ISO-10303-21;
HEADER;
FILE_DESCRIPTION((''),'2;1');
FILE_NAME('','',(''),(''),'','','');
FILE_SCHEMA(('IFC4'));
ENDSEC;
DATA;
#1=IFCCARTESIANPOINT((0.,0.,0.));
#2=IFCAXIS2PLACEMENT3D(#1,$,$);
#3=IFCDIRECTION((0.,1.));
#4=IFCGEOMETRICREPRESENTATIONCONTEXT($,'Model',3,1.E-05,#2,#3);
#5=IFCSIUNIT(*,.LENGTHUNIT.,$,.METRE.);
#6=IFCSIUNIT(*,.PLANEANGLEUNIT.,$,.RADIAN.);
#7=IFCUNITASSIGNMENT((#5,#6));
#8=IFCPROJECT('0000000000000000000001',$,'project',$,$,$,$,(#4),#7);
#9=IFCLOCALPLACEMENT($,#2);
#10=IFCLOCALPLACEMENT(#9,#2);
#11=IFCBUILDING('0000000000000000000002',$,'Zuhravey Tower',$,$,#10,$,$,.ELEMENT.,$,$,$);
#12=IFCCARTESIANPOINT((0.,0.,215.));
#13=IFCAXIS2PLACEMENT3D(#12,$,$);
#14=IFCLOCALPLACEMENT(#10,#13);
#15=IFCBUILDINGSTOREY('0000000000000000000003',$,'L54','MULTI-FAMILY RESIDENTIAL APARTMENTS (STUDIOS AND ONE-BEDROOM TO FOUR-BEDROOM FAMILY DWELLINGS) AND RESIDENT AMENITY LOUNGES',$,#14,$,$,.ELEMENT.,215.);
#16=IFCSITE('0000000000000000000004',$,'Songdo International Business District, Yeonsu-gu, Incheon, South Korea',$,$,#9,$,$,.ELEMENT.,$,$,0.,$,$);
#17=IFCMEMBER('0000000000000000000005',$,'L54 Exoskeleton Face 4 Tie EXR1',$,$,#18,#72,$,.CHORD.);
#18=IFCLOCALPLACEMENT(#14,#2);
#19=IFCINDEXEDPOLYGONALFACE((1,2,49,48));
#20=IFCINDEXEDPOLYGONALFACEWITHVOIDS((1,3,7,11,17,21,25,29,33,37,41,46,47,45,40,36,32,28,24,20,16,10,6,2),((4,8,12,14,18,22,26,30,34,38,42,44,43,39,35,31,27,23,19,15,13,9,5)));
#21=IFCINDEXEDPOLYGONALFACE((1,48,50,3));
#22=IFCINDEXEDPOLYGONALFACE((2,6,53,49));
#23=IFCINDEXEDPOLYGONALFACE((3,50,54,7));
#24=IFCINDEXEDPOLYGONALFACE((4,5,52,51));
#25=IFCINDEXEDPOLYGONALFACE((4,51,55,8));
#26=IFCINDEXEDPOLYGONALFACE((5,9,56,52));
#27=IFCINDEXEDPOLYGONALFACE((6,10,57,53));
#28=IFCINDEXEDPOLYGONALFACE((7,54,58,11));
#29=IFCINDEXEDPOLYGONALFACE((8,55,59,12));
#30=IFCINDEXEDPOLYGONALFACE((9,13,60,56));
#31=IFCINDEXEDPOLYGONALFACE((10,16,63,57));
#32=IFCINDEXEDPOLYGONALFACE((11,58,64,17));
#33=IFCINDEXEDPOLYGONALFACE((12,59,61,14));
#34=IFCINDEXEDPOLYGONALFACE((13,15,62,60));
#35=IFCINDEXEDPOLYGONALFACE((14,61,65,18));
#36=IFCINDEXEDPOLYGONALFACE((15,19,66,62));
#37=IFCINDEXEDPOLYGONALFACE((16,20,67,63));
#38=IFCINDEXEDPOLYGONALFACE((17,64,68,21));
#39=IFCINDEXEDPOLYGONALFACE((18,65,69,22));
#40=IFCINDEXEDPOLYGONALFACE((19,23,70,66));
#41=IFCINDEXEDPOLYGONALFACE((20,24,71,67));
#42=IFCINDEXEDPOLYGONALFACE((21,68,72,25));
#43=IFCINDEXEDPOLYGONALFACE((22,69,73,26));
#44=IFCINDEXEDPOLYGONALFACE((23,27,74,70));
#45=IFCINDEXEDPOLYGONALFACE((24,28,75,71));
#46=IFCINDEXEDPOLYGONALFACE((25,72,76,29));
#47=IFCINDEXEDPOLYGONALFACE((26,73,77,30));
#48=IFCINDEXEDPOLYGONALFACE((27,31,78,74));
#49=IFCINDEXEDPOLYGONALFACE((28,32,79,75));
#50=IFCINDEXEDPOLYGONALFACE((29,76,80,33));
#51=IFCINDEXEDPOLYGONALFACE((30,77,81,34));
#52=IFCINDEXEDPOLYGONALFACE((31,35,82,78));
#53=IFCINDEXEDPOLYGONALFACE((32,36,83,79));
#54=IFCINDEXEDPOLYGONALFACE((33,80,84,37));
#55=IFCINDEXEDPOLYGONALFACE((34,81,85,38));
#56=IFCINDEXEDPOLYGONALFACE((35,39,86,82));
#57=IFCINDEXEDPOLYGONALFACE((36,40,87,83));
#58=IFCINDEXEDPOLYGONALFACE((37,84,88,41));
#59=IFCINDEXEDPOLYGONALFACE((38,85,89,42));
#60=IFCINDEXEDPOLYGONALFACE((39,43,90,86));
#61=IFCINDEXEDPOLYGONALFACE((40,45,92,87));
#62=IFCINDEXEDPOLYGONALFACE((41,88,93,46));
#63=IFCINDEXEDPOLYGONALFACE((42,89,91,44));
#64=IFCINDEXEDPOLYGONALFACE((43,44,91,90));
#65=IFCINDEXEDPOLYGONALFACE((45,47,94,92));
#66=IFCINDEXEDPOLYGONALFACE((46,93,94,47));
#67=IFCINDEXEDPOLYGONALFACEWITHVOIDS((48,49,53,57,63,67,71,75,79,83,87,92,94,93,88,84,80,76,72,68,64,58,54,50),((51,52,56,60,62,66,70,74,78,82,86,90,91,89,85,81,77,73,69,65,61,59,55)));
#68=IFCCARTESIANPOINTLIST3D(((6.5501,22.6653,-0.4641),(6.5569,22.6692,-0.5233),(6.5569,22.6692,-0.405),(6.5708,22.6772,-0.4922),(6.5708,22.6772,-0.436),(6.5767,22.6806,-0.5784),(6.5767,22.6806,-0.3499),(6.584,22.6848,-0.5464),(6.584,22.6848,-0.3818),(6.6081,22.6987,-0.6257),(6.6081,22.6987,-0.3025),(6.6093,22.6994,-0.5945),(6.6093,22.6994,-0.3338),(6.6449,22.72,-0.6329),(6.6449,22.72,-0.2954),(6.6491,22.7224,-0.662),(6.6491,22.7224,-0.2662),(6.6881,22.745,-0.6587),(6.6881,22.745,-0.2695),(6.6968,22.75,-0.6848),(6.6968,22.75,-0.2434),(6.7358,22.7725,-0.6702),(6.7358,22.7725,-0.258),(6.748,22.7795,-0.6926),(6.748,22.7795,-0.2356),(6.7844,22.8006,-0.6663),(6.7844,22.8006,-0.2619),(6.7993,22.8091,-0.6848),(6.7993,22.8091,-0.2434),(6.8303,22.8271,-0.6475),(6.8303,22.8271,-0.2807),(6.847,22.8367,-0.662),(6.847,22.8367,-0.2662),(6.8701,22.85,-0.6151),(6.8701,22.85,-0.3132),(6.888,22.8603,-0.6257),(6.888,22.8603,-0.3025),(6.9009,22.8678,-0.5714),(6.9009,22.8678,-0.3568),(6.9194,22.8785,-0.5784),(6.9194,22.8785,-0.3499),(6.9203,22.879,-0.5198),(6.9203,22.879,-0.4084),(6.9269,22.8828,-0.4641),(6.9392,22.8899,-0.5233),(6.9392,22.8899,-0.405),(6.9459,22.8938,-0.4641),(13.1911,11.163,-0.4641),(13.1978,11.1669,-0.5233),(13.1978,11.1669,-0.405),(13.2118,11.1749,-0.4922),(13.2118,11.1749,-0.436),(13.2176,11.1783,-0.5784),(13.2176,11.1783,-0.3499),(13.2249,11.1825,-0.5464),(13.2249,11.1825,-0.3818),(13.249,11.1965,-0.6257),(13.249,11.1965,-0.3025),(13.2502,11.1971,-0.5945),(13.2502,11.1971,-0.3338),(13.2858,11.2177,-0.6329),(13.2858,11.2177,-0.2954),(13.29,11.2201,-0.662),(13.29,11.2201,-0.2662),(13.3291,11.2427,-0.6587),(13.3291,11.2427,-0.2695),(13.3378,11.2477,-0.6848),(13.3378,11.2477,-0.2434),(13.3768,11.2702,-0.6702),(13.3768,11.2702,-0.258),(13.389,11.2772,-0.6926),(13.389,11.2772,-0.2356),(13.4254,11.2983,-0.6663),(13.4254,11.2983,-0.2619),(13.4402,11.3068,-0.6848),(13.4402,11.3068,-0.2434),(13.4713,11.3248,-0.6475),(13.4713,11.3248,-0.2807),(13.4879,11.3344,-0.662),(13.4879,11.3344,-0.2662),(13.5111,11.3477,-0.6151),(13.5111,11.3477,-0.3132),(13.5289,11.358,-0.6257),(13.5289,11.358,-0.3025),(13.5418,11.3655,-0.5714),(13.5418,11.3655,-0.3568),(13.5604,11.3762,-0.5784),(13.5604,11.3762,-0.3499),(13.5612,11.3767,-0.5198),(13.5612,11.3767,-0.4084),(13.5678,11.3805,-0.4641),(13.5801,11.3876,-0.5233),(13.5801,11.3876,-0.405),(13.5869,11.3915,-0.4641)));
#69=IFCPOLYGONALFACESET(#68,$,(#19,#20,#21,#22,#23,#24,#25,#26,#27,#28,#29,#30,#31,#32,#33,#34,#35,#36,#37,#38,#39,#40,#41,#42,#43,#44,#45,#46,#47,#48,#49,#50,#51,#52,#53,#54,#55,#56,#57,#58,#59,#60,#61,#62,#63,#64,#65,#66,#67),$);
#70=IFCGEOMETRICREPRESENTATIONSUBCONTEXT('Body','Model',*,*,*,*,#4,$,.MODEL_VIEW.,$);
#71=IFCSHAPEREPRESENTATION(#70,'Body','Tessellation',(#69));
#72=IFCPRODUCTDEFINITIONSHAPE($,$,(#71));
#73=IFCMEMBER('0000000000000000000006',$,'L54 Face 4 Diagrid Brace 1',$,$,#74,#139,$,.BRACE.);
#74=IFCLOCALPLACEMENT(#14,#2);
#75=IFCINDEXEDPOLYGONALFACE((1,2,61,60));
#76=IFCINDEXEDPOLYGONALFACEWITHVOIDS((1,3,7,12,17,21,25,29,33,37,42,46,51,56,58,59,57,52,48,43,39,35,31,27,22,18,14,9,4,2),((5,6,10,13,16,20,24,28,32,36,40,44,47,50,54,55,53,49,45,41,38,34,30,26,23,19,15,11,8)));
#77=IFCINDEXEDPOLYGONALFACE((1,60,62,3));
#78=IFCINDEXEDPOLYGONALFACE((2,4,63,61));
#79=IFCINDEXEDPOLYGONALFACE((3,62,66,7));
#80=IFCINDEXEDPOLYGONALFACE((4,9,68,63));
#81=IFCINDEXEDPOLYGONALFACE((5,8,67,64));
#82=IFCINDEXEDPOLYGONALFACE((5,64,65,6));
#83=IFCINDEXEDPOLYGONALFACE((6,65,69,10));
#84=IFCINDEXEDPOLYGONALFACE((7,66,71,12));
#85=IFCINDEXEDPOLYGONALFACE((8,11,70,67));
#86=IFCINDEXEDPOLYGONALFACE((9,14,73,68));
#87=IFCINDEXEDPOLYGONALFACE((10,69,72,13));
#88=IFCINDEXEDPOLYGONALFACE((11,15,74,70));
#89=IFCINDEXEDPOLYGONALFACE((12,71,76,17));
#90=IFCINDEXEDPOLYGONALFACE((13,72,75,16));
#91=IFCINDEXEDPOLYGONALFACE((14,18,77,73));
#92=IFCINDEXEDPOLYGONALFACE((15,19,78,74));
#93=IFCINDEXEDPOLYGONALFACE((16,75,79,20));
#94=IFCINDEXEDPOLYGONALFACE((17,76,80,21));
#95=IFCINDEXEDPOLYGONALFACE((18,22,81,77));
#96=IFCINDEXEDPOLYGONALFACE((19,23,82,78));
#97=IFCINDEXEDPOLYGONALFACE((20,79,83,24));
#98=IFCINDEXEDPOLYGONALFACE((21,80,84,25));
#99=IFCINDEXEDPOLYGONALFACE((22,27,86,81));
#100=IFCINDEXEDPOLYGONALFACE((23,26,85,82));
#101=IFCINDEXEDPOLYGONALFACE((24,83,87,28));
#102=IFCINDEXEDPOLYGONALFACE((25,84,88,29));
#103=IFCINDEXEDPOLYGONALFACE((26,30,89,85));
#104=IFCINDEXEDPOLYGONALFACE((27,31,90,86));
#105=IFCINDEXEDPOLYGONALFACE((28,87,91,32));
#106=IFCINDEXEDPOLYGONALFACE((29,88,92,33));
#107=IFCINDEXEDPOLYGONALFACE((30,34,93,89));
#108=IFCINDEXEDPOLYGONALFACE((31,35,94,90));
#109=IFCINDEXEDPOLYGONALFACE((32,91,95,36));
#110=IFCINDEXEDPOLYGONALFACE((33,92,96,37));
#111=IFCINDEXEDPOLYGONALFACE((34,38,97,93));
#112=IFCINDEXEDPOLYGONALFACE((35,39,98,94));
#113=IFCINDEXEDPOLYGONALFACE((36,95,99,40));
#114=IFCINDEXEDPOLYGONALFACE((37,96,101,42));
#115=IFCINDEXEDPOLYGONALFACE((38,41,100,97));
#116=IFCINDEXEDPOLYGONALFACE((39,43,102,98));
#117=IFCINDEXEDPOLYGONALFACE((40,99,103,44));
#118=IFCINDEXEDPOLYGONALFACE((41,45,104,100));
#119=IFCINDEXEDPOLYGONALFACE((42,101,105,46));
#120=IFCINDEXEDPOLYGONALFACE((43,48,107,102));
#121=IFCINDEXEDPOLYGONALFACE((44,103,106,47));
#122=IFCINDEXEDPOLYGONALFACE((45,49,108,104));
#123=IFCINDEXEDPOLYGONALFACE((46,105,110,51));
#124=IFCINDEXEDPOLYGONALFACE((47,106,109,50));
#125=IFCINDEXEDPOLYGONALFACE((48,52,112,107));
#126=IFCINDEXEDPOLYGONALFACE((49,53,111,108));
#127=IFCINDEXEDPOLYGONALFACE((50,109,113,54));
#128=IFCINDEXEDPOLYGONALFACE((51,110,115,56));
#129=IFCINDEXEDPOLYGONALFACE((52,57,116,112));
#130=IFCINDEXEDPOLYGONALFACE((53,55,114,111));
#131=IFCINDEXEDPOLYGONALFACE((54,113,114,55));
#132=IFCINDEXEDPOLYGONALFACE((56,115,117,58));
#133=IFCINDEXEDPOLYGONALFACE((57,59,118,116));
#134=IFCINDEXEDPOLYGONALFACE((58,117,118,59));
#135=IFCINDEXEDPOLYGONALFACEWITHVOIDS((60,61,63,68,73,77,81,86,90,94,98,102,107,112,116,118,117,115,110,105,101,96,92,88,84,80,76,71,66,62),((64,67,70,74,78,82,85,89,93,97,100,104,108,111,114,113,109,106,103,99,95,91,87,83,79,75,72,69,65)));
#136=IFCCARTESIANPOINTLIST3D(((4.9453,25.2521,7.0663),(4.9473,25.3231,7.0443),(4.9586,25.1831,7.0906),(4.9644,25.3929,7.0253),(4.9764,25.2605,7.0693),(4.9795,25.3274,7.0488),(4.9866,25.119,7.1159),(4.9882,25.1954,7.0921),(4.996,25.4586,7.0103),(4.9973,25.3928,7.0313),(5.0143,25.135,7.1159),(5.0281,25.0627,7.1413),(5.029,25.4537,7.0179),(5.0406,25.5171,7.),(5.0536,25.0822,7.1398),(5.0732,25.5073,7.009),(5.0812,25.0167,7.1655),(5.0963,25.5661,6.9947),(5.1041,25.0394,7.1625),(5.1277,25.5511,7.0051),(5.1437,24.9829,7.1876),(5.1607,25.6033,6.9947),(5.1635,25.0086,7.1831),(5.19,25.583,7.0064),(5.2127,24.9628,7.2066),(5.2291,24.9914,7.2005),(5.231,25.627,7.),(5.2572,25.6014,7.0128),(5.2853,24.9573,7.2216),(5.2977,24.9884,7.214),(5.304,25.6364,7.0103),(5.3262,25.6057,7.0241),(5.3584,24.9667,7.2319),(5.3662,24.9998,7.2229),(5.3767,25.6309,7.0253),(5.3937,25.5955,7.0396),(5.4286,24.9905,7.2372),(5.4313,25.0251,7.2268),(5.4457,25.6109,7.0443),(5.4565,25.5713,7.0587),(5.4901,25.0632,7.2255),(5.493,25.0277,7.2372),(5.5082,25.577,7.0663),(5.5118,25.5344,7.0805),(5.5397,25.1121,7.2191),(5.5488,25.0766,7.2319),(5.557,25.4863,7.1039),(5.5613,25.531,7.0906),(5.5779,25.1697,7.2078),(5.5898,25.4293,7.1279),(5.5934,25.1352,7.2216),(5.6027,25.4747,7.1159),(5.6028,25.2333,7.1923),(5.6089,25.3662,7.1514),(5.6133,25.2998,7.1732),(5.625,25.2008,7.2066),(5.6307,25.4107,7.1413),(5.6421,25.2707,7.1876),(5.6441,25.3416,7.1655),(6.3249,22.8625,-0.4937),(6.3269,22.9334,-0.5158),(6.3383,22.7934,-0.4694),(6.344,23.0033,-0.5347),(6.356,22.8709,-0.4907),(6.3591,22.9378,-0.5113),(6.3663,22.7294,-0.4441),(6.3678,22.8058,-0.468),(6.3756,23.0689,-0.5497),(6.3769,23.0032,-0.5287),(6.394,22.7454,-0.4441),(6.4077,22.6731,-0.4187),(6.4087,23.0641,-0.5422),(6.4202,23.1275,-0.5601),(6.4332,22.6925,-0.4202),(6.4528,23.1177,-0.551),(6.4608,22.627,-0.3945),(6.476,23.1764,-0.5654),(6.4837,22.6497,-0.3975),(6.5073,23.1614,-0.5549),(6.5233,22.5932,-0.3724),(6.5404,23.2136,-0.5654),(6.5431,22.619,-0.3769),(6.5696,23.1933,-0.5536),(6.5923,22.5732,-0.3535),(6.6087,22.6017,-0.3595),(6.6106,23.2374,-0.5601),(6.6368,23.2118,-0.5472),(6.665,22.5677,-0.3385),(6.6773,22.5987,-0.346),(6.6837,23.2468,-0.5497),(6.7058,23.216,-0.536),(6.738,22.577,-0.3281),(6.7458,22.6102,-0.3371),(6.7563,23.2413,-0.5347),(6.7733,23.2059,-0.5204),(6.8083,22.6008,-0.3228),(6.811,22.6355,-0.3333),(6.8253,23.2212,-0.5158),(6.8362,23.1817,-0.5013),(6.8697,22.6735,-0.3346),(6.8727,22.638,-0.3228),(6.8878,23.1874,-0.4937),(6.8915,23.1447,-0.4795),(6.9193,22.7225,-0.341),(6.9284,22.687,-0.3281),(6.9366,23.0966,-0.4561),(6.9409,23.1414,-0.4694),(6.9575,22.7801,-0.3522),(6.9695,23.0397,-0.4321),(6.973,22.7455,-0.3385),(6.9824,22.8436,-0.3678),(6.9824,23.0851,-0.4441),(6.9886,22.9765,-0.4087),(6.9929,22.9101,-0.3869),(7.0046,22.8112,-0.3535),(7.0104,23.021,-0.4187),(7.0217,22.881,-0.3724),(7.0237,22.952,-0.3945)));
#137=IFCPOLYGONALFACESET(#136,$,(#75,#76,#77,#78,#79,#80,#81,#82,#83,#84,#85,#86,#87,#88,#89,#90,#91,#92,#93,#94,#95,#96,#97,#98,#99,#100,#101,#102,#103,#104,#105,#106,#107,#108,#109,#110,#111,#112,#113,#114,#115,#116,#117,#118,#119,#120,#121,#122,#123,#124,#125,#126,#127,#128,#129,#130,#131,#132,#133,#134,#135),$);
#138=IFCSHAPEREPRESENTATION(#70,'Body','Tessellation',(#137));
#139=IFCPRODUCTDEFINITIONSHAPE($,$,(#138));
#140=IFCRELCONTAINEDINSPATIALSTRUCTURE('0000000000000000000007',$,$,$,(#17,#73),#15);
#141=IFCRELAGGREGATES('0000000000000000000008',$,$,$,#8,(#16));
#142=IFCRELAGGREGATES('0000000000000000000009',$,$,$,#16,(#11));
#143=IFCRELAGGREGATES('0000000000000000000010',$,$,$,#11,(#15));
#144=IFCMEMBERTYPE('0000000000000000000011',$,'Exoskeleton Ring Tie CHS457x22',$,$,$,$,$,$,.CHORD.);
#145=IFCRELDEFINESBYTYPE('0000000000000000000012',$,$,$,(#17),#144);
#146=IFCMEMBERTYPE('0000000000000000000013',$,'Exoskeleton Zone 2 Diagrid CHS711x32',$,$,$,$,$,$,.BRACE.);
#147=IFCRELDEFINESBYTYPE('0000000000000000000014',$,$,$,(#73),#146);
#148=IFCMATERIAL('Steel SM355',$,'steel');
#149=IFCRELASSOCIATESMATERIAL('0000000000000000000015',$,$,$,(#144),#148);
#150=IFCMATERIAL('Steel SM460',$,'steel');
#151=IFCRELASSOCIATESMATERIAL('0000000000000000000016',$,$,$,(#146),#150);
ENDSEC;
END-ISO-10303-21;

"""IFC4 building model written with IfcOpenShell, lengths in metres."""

from ifc_helpers import new_model, si_unit, direction, frame, origin, origin_2d, place, context, subcontext, project, spatial, hollow_circle, extrude, material, material_profile, profile_set, type_object, element, save


model = new_model("IFC4")

# Units and contexts
model_context = context("Model", 3, precision=1e-05, world=origin(), true_north=direction((0.0, 1.0)))
body_context = subcontext(model_context, "Body", "Model", "MODEL_VIEW")
ifc_project = project(units=[si_unit("LENGTHUNIT", "METRE"), si_unit("PLANEANGLEUNIT", "RADIAN")], contexts=[model_context])

# Site, building, storey
site_placement = place(None, origin())
site = spatial("IfcSite", under=ifc_project, at=site_placement, Name="Songdo International Business District, Yeonsu-gu, Incheon, South Korea", CompositionType="ELEMENT", RefElevation=0.0)
building_placement = place(site_placement, origin())
building = spatial("IfcBuilding", under=site, at=building_placement, Name="Zuhravey Tower", CompositionType="ELEMENT")
storey_placement = place(building_placement, frame((0.0, 0.0, 215.0)))
storey = spatial("IfcBuildingStorey", under=building, at=storey_placement, Name="L54", Description="MULTI-FAMILY RESIDENTIAL APARTMENTS (STUDIOS AND ONE-BEDROOM TO FOUR-BEDROOM FAMILY DWELLINGS) AND RESIDENT AMENITY LOUNGES", CompositionType="ELEMENT", Elevation=215.0)

# Members
ifc_material_1 = material(Name="Steel SM355", Category="steel")
ifc_material_profile_1 = material_profile(ifc_material_1, hollow_circle(Radius=0.2285, WallThickness=0.022, at=origin_2d()), Name="CHS-457.2x22")
ifc_profile_set_1 = profile_set([ifc_material_profile_1], Name="Steel SM355")
member_type_1 = type_object("IfcMemberType", Name="Exoskeleton Ring Tie CHS457x22", PredefinedType="CHORD", material=ifc_profile_set_1)
member_1_placement = place(storey_placement, frame((6.748, 22.7795, -0.4641), z_axis=(0.500004, -0.866023, 0.0), x_axis=(0.866023, 0.500004, 0.0)))
element("IfcMember", 1, at=member_1_placement, inside=storey, type_object=member_type_1, Name="L54 Exoskeleton Face 4 Tie EXR1", PredefinedType="CHORD", context=body_context, shape_type="SweptSolid", body=[
    extrude(hollow_circle(Radius=0.2285, WallThickness=0.022, at=origin_2d()), origin(), (0.0, 0.0, 1.0), 13.2817),
])
ifc_material_2 = material(Name="Steel SM460", Category="steel")
ifc_material_profile_2 = material_profile(ifc_material_2, hollow_circle(Radius=0.3557, WallThickness=0.032, at=origin_2d()), Name="CHS-711.2x32")
ifc_profile_set_2 = profile_set([ifc_material_profile_2], Name="Steel SM460")
member_type_2 = type_object("IfcMemberType", Name="Exoskeleton Zone 2 Diagrid CHS711x32", PredefinedType="BRACE", material=ifc_profile_set_2)
member_2_placement = place(storey_placement, frame((6.6743, 22.9072, -0.4441), z_axis=(-0.171429, 0.296929, 0.939386), x_axis=(-0.866029, -0.499993, 0.0)))
element("IfcMember", 2, at=member_2_placement, inside=storey, type_object=member_type_2, Name="L54 Face 4 Diagrid Brace 1", PredefinedType="BRACE", context=body_context, shape_type="SweptSolid", body=[
    extrude(hollow_circle(Radius=0.3557, WallThickness=0.032, at=origin_2d()), origin(), (0.0, 0.0, 1.0), 8.0479),
])

save(model, "model.ifc")
